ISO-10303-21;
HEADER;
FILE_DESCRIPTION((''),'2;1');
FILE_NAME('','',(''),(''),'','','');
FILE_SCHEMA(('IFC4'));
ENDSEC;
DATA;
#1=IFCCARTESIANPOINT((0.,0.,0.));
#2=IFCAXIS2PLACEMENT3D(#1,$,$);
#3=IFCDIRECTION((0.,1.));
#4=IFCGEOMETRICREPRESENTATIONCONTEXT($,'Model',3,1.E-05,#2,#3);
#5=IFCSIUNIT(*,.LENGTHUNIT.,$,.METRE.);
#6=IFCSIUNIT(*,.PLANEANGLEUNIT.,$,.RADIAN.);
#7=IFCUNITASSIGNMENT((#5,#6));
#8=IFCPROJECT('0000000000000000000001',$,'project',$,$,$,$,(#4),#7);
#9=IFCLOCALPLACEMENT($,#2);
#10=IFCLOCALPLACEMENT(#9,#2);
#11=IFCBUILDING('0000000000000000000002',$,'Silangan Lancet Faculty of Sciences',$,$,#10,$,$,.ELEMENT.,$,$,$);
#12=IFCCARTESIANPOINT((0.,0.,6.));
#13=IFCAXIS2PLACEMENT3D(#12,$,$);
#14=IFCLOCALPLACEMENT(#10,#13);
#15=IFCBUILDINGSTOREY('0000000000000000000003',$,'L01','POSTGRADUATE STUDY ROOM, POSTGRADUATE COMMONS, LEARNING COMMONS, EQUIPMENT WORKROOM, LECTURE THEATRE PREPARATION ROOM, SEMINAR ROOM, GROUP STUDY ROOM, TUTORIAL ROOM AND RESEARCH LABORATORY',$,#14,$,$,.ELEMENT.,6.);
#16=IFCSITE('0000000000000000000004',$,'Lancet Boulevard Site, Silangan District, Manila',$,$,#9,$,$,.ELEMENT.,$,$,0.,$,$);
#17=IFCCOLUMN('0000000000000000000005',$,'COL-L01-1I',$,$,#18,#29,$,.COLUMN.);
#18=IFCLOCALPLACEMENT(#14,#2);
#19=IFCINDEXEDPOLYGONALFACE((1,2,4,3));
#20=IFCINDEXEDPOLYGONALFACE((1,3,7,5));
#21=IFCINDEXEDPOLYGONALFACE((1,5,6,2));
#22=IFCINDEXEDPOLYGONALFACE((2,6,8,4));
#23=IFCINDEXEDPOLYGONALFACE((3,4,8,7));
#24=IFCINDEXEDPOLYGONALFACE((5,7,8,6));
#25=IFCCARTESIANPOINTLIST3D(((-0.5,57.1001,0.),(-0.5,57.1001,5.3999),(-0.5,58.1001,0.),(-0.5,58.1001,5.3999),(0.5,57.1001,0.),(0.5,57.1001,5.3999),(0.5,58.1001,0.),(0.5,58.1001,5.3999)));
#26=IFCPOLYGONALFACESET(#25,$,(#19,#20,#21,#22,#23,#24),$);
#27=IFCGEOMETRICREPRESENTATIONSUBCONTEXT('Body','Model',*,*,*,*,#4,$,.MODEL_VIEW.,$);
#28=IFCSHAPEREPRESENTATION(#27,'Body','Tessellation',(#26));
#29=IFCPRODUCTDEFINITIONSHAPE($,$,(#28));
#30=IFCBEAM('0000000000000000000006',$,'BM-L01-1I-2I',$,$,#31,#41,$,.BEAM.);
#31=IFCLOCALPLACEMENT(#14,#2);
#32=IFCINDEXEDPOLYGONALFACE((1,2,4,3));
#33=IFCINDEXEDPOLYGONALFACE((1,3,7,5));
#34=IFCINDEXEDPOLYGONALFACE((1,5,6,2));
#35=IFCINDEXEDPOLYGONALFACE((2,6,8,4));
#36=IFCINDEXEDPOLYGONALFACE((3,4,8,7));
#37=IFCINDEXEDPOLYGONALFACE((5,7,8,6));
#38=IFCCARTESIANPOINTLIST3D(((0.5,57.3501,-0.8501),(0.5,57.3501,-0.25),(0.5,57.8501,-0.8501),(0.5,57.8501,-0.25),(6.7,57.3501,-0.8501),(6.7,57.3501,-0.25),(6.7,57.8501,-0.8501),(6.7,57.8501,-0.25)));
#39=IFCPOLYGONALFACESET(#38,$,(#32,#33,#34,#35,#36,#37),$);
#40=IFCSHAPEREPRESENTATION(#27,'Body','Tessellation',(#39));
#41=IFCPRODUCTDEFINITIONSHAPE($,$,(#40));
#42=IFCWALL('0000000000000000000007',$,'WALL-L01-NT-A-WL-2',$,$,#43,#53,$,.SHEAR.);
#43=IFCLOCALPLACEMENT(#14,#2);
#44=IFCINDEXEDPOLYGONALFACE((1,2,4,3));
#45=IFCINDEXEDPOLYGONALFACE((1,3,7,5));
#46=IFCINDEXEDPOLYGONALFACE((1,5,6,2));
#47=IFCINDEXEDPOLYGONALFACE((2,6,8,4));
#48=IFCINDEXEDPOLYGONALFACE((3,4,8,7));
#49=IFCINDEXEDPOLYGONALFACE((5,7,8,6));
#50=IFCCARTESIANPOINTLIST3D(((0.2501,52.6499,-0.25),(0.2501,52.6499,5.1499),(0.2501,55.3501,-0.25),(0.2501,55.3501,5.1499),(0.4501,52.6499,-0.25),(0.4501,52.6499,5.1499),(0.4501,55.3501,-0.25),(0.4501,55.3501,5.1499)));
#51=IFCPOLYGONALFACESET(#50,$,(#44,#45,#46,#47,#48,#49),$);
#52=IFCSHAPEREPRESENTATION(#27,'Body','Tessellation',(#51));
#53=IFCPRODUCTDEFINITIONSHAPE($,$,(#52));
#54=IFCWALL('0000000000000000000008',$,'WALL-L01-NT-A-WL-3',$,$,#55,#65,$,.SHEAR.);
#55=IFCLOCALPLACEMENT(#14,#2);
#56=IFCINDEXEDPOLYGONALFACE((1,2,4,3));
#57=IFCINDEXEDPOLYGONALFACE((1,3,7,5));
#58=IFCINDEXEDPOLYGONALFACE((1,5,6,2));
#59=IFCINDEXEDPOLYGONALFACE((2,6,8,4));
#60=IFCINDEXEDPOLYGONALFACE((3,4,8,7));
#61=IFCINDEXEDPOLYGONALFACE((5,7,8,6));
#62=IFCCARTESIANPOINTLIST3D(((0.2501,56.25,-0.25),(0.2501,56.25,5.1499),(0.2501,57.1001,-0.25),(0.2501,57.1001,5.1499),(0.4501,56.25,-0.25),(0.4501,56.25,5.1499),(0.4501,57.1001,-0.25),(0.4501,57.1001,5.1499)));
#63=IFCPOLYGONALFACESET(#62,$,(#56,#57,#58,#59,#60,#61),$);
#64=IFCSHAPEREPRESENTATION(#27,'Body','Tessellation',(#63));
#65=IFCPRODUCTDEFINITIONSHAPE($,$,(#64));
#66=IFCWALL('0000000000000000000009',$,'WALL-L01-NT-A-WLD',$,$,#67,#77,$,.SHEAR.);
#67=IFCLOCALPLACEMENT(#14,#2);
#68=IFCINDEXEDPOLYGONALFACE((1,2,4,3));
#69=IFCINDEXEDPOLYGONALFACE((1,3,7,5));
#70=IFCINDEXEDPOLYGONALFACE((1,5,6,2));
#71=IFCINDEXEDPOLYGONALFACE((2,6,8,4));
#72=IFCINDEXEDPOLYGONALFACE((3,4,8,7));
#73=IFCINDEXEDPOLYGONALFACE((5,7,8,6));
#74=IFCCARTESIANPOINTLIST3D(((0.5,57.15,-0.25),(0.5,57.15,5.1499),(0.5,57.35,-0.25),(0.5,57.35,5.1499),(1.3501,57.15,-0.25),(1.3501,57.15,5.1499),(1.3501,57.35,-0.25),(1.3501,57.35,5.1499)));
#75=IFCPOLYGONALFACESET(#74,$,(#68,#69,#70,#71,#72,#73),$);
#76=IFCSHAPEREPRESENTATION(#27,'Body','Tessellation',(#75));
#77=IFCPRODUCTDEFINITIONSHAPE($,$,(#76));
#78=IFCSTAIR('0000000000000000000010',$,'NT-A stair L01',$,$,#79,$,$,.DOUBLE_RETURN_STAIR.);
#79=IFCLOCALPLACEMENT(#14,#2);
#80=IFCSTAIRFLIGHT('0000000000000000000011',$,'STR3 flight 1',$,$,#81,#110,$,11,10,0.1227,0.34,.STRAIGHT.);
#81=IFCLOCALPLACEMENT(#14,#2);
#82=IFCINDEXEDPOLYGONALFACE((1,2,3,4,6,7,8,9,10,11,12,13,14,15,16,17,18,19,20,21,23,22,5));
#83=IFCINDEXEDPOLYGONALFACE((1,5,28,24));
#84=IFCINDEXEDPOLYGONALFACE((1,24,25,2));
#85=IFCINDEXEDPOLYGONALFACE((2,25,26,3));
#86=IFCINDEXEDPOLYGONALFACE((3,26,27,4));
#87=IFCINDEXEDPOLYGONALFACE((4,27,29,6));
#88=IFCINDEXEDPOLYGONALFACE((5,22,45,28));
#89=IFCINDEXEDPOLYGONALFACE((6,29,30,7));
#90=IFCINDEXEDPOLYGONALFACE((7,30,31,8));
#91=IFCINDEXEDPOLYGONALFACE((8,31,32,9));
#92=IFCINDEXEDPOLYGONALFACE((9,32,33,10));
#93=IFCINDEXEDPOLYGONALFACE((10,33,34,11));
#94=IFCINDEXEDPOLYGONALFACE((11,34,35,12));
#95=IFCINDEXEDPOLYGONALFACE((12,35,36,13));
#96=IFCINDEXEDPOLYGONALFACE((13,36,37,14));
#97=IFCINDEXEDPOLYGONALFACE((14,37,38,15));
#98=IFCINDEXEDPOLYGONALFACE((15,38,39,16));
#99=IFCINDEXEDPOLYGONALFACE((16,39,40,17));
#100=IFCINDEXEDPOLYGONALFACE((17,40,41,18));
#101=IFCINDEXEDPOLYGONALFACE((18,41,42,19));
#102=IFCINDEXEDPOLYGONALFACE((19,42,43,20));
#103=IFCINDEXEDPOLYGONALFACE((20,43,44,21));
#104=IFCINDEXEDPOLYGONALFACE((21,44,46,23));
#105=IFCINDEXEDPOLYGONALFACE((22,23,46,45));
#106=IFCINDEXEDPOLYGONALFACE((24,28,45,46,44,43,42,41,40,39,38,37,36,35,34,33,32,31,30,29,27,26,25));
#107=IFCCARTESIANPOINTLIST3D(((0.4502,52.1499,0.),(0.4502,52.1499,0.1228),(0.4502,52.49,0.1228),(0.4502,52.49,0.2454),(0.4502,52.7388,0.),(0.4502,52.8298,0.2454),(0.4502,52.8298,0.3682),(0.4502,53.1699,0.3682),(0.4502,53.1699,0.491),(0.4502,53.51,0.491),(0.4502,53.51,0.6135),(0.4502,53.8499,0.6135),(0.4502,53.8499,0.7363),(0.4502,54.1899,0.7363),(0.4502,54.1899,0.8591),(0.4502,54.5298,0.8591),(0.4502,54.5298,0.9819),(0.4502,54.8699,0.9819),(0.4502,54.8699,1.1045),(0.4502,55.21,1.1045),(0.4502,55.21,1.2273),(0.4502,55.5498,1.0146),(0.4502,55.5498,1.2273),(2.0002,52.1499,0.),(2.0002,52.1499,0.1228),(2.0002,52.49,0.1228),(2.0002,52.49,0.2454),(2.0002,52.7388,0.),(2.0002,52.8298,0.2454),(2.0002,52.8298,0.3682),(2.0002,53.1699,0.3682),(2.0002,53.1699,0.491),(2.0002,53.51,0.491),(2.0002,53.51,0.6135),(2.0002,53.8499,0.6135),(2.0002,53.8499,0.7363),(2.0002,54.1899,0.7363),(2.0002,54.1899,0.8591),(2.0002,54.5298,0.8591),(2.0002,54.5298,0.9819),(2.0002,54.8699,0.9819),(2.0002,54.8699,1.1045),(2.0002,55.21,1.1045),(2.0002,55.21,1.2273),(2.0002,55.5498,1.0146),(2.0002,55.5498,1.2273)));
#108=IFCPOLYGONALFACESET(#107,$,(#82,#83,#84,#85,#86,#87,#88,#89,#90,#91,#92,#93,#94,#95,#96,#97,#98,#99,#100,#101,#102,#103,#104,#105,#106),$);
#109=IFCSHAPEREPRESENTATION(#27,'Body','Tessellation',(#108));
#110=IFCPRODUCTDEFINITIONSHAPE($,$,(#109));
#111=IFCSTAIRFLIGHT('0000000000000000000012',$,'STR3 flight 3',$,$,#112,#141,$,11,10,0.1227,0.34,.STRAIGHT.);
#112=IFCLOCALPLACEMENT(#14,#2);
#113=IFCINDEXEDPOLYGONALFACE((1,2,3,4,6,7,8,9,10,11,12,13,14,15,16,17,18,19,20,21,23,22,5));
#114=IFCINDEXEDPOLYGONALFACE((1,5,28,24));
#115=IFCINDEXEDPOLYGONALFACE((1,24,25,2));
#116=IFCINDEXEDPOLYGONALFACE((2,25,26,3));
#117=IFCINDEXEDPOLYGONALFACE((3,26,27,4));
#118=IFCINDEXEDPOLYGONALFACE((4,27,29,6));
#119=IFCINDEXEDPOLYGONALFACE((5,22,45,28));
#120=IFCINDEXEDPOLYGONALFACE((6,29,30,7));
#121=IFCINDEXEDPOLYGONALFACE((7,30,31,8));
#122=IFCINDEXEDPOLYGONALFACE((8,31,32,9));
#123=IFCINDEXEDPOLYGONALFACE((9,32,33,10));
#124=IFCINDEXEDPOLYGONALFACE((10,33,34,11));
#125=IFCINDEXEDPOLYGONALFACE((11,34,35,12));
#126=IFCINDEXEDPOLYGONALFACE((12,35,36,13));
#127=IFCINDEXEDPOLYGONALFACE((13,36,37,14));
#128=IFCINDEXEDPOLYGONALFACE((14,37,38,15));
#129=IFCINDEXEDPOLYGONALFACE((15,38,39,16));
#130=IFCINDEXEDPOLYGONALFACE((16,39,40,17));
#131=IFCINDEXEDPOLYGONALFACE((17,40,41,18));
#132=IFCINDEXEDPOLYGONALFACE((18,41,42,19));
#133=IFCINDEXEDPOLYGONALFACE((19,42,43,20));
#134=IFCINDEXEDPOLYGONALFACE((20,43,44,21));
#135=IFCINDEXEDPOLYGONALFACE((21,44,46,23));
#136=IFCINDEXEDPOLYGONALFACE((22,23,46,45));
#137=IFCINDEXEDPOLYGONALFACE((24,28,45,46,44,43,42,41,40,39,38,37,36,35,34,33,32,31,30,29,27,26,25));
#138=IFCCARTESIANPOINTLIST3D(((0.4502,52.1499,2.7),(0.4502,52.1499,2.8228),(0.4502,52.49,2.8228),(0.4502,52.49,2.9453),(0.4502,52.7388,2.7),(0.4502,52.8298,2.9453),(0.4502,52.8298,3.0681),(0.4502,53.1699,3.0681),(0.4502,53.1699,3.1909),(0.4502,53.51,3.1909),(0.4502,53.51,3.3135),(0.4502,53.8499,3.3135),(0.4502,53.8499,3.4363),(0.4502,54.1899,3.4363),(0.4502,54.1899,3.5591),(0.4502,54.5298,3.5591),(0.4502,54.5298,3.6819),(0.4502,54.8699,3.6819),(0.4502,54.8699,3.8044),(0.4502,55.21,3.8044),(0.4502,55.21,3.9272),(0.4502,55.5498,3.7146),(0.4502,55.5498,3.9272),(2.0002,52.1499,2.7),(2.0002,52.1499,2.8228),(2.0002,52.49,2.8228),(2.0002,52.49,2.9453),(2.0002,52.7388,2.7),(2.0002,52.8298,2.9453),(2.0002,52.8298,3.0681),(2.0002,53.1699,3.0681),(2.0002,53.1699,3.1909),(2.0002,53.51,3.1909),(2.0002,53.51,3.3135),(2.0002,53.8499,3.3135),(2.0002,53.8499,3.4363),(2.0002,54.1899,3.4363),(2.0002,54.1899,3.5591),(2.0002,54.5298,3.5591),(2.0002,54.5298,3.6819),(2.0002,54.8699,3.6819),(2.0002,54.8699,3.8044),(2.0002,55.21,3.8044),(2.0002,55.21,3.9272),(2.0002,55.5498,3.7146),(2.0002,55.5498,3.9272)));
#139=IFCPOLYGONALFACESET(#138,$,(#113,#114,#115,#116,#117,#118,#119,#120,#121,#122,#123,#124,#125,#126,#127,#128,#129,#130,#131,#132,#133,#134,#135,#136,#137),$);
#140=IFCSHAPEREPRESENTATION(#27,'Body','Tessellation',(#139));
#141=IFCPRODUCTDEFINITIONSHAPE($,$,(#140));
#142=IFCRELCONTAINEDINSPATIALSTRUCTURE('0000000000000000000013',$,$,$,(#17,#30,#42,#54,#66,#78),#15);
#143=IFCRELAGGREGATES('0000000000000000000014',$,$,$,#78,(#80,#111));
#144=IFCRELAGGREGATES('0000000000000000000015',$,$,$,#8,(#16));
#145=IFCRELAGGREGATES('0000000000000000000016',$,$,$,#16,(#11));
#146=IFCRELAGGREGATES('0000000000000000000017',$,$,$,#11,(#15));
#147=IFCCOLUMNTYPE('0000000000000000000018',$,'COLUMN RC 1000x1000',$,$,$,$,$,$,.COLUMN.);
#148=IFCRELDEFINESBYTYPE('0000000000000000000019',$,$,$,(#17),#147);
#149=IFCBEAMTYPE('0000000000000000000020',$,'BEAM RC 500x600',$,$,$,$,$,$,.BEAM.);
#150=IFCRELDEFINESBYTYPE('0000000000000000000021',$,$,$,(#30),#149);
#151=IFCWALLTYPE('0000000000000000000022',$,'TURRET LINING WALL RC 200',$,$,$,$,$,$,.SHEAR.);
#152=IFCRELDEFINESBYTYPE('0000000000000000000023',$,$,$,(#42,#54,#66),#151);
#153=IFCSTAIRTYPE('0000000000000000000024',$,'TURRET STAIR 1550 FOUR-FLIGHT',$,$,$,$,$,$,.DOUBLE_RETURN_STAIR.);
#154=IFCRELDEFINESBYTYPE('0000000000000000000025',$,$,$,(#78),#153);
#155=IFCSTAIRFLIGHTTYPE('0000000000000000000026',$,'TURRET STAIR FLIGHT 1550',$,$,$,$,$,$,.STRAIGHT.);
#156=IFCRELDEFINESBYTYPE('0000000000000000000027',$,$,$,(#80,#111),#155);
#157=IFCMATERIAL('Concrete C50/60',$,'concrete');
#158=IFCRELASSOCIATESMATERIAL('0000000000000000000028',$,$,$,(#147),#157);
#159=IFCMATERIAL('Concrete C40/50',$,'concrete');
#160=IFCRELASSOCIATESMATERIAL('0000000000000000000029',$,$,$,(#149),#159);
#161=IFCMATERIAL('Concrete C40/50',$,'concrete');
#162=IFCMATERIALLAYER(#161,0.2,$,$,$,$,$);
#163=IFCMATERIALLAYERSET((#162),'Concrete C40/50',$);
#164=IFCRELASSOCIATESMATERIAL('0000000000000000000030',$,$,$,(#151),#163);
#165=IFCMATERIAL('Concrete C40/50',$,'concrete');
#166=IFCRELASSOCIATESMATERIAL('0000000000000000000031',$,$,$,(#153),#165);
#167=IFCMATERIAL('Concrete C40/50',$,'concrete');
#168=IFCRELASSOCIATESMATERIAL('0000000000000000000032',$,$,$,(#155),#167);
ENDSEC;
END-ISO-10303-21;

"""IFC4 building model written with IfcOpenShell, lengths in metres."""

from ifc_helpers import new_model, si_unit, direction, frame, frame_2d, origin, origin_2d, place, context, subcontext, project, spatial, polyline, rectangle, outline, extrude, material, layer, layer_set, material_profile, profile_set, type_object, element, aggregate, save


model = new_model("IFC4")

# Units and contexts
model_context = context("Model", 3, precision=1e-05, world=origin(), true_north=direction((0.0, 1.0)))
body_context = subcontext(model_context, "Body", "Model", "MODEL_VIEW")
ifc_project = project(units=[si_unit("LENGTHUNIT", "METRE"), si_unit("PLANEANGLEUNIT", "RADIAN")], contexts=[model_context])

# Site, building, storey
site_placement = place(None, origin())
site = spatial("IfcSite", under=ifc_project, at=site_placement, Name="Lancet Boulevard Site, Silangan District, Manila", CompositionType="ELEMENT", RefElevation=0.0)
building_placement = place(site_placement, origin())
building = spatial("IfcBuilding", under=site, at=building_placement, Name="Silangan Lancet Faculty of Sciences", CompositionType="ELEMENT")
storey_placement = place(building_placement, frame((0.0, 0.0, 6.0)))
storey = spatial("IfcBuildingStorey", under=building, at=storey_placement, Name="L01", Description="POSTGRADUATE STUDY ROOM, POSTGRADUATE COMMONS, LEARNING COMMONS, EQUIPMENT WORKROOM, LECTURE THEATRE PREPARATION ROOM, SEMINAR ROOM, GROUP STUDY ROOM, TUTORIAL ROOM AND RESEARCH LABORATORY", CompositionType="ELEMENT", Elevation=6.0)

# Column
ifc_material_1 = material(Name="Concrete C50/60", Category="concrete")
ifc_material_profile_1 = material_profile(ifc_material_1, rectangle(XDim=1.0, YDim=1.0, at=origin_2d()), Name="RC 1000x1000")
ifc_profile_set_1 = profile_set([ifc_material_profile_1], Name="Concrete C50/60")
column_type = type_object("IfcColumnType", Name="COLUMN RC 1000x1000", PredefinedType="COLUMN", material=ifc_profile_set_1)
column_placement = place(storey_placement, frame((0.0, 57.6001, 0.0), z_axis=(0.0, 0.0, 1.0), x_axis=(1.0, 0.0, 0.0)))
element("IfcColumn", 1, at=column_placement, inside=storey, type_object=column_type, Name="COL-L01-1I", PredefinedType="COLUMN", context=body_context, shape_type="SweptSolid", body=[
    extrude(rectangle(XDim=1.0, YDim=1.0, at=origin_2d()), origin(), (0.0, 0.0, 1.0), 5.3999),
])

# Beam
ifc_material_2 = material(Name="Concrete C40/50", Category="concrete")
ifc_material_profile_2 = material_profile(ifc_material_2, rectangle(XDim=0.5, YDim=0.6001, at=origin_2d()), Name="RC 500x600")
ifc_profile_set_2 = profile_set([ifc_material_profile_2], Name="Concrete C40/50")
beam_type = type_object("IfcBeamType", Name="BEAM RC 500x600", PredefinedType="BEAM", material=ifc_profile_set_2)
beam_placement = place(storey_placement, frame((0.5, 57.6001, -0.55), z_axis=(1.0, 0.0, 0.0), x_axis=(0.0, 1.0, 0.0)))
element("IfcBeam", 2, at=beam_placement, inside=storey, type_object=beam_type, Name="BM-L01-1I-2I", PredefinedType="BEAM", context=body_context, shape_type="SweptSolid", body=[
    extrude(rectangle(XDim=0.5, YDim=0.6001, at=origin_2d()), origin(), (0.0, 0.0, 1.0), 6.2),
])

# Walls
ifc_material_3 = material(Name="Concrete C40/50", Category="concrete")
ifc_layer = layer(ifc_material_3, 0.2)
ifc_layer_set = layer_set([ifc_layer], Name="Concrete C40/50")
wall_type = type_object("IfcWallType", Name="TURRET LINING WALL RC 200", PredefinedType="SHEAR", material=ifc_layer_set)
wall_placement = place(storey_placement, frame((0.3501, 52.6499, -0.25), z_axis=(0.0, 0.0, 1.0), x_axis=(0.0, 1.0, 0.0)))
element("IfcWall", 3, at=wall_placement, inside=storey, type_object=wall_type, Name="WALL-L01-NT-A-WL-2", PredefinedType="SHEAR", context=body_context, shape_type="SweptSolid", body=[
    extrude(rectangle(XDim=2.7002, YDim=0.2, at=frame_2d((1.3501, 0.0))), origin(), (0.0, 0.0, 1.0), 5.3999),
])
for number, where, z_axis, x_axis, name in (
    (4, (0.3501, 56.25, -0.25), (0.0, 0.0, 1.0), (0.0, 1.0, 0.0), "WALL-L01-NT-A-WL-3"),
    (5, (0.5, 57.25, -0.25), (0.0, 0.0, 1.0), (1.0, 0.0, 0.0), "WALL-L01-NT-A-WLD"),
):
    element("IfcWall", number, at=place(storey_placement, frame(where, z_axis=z_axis, x_axis=x_axis)), inside=storey, type_object=wall_type, Name=name, PredefinedType="SHEAR", context=body_context, shape_type="SweptSolid", body=[
        extrude(rectangle(XDim=0.8501, YDim=0.2, at=frame_2d((0.425, 0.0))), origin(), (0.0, 0.0, 1.0), 5.3999),
    ])

# Stair, stair flights
ifc_material_4 = material(Name="Concrete C40/50", Category="concrete")
stair_type = type_object("IfcStairType", Name="TURRET STAIR 1550 FOUR-FLIGHT", PredefinedType="DOUBLE_RETURN_STAIR", material=ifc_material_4)
stair_placement = place(storey_placement, origin())
stair = element("IfcStair", 6, at=stair_placement, inside=storey, type_object=stair_type, Name="NT-A stair L01", PredefinedType="DOUBLE_RETURN_STAIR")
ifc_material_5 = material(Name="Concrete C40/50", Category="concrete")
stair_flight_type = type_object("IfcStairFlightType", Name="TURRET STAIR FLIGHT 1550", PredefinedType="STRAIGHT", material=ifc_material_5)
stair_flight_1_placement = place(storey_placement, frame((1.2251, 52.1499, 0.0), z_axis=(0.0, 0.0, 1.0), x_axis=(0.0, 1.0, 0.0)))
stair_flight_1 = element("IfcStairFlight", 7, at=stair_flight_1_placement, type_object=stair_flight_type, Name="STR3 flight 1", NumberOfRisers=11, NumberOfTreads=10, PredefinedType="STRAIGHT", RiserHeight=0.1227, TreadLength=0.34, context=body_context, shape_type="SweptSolid", body=[
    extrude(outline(polyline([(0.0, 0.0), (0.0, 0.1228), (0.3401, 0.1228), (0.3401, 0.2454), (0.6799, 0.2454), (0.6799, 0.3682), (1.02, 0.3682), (1.02, 0.491), (1.3601, 0.491), (1.3601, 0.6135), (1.7, 0.6135), (1.7, 0.7363), (2.04, 0.7363), (2.04, 0.8591), (2.3799, 0.8591), (2.3799, 0.9819), (2.72, 0.9819), (2.72, 1.1045), (3.0601, 1.1045), (3.0601, 1.2273), (3.3999, 1.2273), (3.3999, 1.3501), (3.3999, 1.0146), (0.5889, 0.0), (0.0, 0.0)])), frame((0.0, 0.7749, 0.0), z_axis=(0.0, -1.0, 0.0), x_axis=(1.0, 0.0, 0.0)), (0.0, 0.0, 1.0), 1.55),
])
stair_flight_2_placement = place(storey_placement, frame((1.2251, 52.1499, 2.7), z_axis=(0.0, 0.0, 1.0), x_axis=(0.0, 1.0, 0.0)))
stair_flight_2 = element("IfcStairFlight", 8, at=stair_flight_2_placement, type_object=stair_flight_type, Name="STR3 flight 3", NumberOfRisers=11, NumberOfTreads=10, PredefinedType="STRAIGHT", RiserHeight=0.1227, TreadLength=0.34, context=body_context, shape_type="SweptSolid", body=[
    extrude(outline(polyline([(0.0, 0.0), (0.0, 0.1228), (0.3401, 0.1228), (0.3401, 0.2454), (0.6799, 0.2454), (0.6799, 0.3682), (1.02, 0.3682), (1.02, 0.491), (1.3601, 0.491), (1.3601, 0.6135), (1.7, 0.6135), (1.7, 0.7363), (2.04, 0.7363), (2.04, 0.8591), (2.3799, 0.8591), (2.3799, 0.9819), (2.72, 0.9819), (2.72, 1.1045), (3.0601, 1.1045), (3.0601, 1.2273), (3.3999, 1.2273), (3.3999, 1.3501), (3.3999, 1.0146), (0.5889, 0.0), (0.0, 0.0)])), frame((0.0, 0.7749, 0.0), z_axis=(0.0, -1.0, 0.0), x_axis=(1.0, 0.0, 0.0)), (0.0, 0.0, 1.0), 1.55),
])
aggregate(stair, [stair_flight_1, stair_flight_2])

save(model, "model.ifc")
